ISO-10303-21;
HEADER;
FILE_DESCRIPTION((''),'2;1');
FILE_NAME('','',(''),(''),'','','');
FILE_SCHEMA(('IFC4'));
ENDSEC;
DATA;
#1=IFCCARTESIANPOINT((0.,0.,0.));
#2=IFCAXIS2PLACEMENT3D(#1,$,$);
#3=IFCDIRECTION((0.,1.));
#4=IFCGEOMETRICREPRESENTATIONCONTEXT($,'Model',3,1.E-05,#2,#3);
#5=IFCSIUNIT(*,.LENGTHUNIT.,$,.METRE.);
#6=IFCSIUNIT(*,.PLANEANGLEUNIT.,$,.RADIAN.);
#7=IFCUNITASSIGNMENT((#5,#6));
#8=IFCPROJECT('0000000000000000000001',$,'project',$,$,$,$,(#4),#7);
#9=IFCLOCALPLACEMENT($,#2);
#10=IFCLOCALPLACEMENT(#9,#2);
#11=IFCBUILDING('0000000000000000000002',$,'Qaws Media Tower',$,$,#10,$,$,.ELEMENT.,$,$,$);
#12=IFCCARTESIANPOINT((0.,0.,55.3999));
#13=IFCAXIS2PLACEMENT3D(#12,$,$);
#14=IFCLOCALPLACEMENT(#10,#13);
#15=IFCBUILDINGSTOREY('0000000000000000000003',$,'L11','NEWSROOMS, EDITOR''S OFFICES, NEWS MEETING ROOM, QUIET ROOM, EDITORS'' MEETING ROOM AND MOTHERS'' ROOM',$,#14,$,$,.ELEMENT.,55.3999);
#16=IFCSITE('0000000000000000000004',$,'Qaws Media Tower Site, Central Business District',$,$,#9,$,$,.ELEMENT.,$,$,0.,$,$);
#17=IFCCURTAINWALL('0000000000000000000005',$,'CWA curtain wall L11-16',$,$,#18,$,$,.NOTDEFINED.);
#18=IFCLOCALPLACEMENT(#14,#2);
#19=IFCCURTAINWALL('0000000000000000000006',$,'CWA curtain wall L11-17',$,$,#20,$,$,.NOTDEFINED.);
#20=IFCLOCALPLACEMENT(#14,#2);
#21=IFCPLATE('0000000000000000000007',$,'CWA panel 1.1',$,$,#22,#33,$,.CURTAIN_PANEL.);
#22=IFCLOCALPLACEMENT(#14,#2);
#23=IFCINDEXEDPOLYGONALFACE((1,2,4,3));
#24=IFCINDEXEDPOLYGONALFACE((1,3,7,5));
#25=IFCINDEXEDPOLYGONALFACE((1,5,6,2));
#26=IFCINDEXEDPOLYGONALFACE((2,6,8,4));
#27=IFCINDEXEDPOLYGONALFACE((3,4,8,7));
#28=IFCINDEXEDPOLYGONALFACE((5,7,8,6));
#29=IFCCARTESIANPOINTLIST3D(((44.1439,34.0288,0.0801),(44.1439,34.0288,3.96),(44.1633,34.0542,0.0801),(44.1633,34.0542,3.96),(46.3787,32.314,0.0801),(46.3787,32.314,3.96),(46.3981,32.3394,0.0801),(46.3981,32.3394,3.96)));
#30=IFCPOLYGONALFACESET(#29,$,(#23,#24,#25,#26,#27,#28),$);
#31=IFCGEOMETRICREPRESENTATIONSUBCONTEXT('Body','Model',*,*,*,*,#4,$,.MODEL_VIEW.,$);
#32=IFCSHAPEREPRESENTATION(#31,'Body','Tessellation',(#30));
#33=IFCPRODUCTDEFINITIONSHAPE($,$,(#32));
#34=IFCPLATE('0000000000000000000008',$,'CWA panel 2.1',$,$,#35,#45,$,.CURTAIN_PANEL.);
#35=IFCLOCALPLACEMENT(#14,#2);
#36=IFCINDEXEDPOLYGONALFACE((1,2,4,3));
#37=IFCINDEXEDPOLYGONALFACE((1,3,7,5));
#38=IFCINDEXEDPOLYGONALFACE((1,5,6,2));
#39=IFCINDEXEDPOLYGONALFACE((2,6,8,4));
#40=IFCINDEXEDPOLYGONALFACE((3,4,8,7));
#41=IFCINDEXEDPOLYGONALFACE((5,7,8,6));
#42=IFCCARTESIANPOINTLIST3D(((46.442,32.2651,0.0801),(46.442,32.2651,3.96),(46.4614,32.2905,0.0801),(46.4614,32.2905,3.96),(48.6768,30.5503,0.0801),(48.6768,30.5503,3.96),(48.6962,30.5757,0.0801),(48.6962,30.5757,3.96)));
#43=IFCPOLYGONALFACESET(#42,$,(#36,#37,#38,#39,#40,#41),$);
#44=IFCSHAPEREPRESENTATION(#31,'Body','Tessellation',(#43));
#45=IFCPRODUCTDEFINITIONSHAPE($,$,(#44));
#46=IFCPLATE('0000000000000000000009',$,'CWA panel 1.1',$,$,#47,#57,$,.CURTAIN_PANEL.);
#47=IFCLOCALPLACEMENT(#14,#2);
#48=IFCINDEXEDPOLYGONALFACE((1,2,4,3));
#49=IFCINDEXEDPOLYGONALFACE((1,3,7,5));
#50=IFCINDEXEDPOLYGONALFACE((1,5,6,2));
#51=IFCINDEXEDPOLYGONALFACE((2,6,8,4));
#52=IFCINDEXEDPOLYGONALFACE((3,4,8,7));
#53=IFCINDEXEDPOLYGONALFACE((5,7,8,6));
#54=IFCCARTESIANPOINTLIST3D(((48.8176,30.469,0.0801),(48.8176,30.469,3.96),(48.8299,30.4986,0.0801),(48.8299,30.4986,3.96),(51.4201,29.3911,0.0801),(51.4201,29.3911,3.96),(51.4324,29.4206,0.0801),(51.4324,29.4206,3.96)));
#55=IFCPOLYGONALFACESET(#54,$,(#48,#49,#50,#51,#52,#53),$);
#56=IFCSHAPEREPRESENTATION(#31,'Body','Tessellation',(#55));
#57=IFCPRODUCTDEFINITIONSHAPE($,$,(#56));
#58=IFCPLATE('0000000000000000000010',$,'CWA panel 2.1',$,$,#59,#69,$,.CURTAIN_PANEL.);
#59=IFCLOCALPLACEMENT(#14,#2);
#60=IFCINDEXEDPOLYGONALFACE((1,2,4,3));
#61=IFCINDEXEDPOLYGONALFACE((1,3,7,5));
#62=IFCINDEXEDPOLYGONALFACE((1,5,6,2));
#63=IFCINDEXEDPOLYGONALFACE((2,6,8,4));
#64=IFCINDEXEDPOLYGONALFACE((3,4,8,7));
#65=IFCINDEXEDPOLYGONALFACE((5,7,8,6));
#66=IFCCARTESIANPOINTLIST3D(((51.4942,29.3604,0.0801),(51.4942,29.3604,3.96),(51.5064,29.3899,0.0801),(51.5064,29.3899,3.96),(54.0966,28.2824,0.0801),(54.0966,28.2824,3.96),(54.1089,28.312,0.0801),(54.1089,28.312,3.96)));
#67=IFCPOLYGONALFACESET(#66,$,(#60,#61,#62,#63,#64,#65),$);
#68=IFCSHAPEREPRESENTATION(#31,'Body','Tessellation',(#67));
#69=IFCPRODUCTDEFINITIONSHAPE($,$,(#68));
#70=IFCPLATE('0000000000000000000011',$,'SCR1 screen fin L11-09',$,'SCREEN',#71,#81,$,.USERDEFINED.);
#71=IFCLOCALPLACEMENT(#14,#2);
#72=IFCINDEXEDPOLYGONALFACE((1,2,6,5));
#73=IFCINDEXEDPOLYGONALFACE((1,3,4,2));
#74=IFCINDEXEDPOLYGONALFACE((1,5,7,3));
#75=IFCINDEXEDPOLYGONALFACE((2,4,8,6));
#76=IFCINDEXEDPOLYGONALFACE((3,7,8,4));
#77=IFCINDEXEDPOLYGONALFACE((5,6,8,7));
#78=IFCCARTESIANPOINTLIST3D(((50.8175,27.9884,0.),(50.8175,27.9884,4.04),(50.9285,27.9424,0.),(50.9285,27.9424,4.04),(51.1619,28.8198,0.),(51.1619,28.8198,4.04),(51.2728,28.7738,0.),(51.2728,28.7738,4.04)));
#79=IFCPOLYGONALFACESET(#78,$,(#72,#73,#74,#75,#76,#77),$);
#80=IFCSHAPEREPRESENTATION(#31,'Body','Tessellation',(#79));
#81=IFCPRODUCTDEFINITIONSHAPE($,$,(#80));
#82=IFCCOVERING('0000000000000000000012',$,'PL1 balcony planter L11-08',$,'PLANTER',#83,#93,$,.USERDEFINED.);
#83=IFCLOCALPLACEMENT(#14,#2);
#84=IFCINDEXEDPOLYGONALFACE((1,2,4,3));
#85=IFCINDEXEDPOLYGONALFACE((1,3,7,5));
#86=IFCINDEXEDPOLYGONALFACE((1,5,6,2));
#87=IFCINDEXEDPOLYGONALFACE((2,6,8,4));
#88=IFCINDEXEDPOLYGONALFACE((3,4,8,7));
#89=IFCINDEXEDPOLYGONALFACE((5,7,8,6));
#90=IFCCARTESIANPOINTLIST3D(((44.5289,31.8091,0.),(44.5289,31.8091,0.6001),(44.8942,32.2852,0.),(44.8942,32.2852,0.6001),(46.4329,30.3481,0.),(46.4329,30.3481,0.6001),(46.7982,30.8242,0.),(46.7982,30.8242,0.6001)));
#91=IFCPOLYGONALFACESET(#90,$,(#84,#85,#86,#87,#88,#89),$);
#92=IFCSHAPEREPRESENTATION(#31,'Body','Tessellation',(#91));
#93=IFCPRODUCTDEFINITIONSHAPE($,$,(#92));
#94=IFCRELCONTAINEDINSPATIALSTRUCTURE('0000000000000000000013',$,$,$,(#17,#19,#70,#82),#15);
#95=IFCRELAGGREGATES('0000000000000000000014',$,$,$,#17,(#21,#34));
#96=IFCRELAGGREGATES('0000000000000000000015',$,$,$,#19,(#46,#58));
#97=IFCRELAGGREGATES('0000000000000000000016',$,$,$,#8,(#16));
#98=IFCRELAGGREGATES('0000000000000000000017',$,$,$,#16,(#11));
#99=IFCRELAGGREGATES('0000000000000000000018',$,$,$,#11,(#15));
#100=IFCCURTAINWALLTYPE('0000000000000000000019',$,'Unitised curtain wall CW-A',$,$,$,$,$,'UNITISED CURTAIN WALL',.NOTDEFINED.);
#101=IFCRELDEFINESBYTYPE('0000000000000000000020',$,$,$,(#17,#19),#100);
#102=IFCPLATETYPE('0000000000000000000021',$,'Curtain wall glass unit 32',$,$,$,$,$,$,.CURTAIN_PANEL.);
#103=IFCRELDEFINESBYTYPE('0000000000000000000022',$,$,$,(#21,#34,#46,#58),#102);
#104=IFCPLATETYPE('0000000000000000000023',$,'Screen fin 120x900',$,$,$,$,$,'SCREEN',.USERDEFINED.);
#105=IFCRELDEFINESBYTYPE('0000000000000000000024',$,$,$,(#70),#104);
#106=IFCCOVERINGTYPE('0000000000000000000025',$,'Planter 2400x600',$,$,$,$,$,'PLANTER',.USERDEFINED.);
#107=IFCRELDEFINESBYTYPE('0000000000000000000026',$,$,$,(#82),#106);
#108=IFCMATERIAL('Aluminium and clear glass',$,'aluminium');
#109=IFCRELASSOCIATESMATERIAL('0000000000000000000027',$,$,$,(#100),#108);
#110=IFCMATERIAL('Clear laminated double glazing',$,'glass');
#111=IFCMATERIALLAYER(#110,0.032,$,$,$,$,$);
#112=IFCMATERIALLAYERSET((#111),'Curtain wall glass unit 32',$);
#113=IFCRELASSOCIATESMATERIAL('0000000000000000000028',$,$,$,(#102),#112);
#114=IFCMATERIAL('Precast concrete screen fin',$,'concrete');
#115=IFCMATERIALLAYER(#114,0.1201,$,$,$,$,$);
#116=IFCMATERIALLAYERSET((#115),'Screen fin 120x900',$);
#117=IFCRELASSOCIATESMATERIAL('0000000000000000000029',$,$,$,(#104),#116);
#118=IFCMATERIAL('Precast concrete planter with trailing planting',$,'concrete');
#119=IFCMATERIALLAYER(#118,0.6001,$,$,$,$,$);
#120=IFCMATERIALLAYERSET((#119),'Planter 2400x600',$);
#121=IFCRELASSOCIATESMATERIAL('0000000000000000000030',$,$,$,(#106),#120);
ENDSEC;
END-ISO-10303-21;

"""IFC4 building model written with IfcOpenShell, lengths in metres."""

from ifc_helpers import new_model, si_unit, direction, frame, origin, origin_2d, place, context, subcontext, project, spatial, rectangle, extrude, material, layer, layer_set, type_object, element, aggregate, save


model = new_model("IFC4")

# Units and contexts
model_context = context("Model", 3, precision=1e-05, world=origin(), true_north=direction((0.0, 1.0)))
body_context = subcontext(model_context, "Body", "Model", "MODEL_VIEW")
ifc_project = project(units=[si_unit("LENGTHUNIT", "METRE"), si_unit("PLANEANGLEUNIT", "RADIAN")], contexts=[model_context])

# Site, building, storey
site_placement = place(None, origin())
site = spatial("IfcSite", under=ifc_project, at=site_placement, Name="Qaws Media Tower Site, Central Business District", CompositionType="ELEMENT", RefElevation=0.0)
building_placement = place(site_placement, origin())
building = spatial("IfcBuilding", under=site, at=building_placement, Name="Qaws Media Tower", CompositionType="ELEMENT")
storey_placement = place(building_placement, frame((0.0, 0.0, 55.3999)))
storey = spatial("IfcBuildingStorey", under=building, at=storey_placement, Name="L11", Description="NEWSROOMS, EDITOR'S OFFICES, NEWS MEETING ROOM, QUIET ROOM, EDITORS' MEETING ROOM AND MOTHERS' ROOM", CompositionType="ELEMENT", Elevation=55.3999)

# Curtain walls
ifc_material_1 = material(Name="Aluminium and clear glass", Category="aluminium")
curtain_wall_type = type_object("IfcCurtainWallType", Name="Unitised curtain wall CW-A", ElementType="UNITISED CURTAIN WALL", PredefinedType="NOTDEFINED", material=ifc_material_1)
curtain_wall_1_placement = place(storey_placement, origin())
curtain_wall_1 = element("IfcCurtainWall", 1, at=curtain_wall_1_placement, inside=storey, type_object=curtain_wall_type, Name="CWA curtain wall L11-16", PredefinedType="NOTDEFINED")
curtain_wall_2_placement = place(storey_placement, origin())
curtain_wall_2 = element("IfcCurtainWall", 2, at=curtain_wall_2_placement, inside=storey, type_object=curtain_wall_type, Name="CWA curtain wall L11-17", PredefinedType="NOTDEFINED")

# Plates
ifc_material_2 = material(Name="Clear laminated double glazing", Category="glass")
ifc_layer_1 = layer(ifc_material_2, 0.032)
ifc_layer_set_1 = layer_set([ifc_layer_1], Name="Curtain wall glass unit 32")
plate_type_1 = type_object("IfcPlateType", Name="Curtain wall glass unit 32", PredefinedType="CURTAIN_PANEL", material=ifc_layer_set_1)
plate_1_placement = place(storey_placement, frame((45.271, 33.1841, 0.0801), z_axis=(0.0, 0.0, 1.0), x_axis=(0.793353, -0.608761, 0.0)))
plate_1 = element("IfcPlate", 3, at=plate_1_placement, type_object=plate_type_1, Name="CWA panel 1.1", PredefinedType="CURTAIN_PANEL", context=body_context, shape_type="SweptSolid", body=[
    extrude(rectangle(XDim=2.8169, YDim=0.032, at=origin_2d()), origin(), (0.0, 0.0, 1.0), 3.8799),
])
plate_2_placement = place(storey_placement, frame((47.5691, 31.4204, 0.0801), z_axis=(0.0, 0.0, 1.0), x_axis=(0.793353, -0.608761, 0.0)))
plate_2 = element("IfcPlate", 4, at=plate_2_placement, type_object=plate_type_1, Name="CWA panel 2.1", PredefinedType="CURTAIN_PANEL", context=body_context, shape_type="SweptSolid", body=[
    extrude(rectangle(XDim=2.8169, YDim=0.032, at=origin_2d()), origin(), (0.0, 0.0, 1.0), 3.8799),
])
aggregate(curtain_wall_1, [plate_1, plate_2])
plate_3_placement = place(storey_placement, frame((50.125, 29.9448, 0.0801), z_axis=(0.0, 0.0, 1.0), x_axis=(0.92388, -0.382683, 0.0)))
plate_3 = element("IfcPlate", 5, at=plate_3_placement, type_object=plate_type_1, Name="CWA panel 1.1", PredefinedType="CURTAIN_PANEL", context=body_context, shape_type="SweptSolid", body=[
    extrude(rectangle(XDim=2.8169, YDim=0.032, at=origin_2d()), origin(), (0.0, 0.0, 1.0), 3.8799),
])
plate_4_placement = place(storey_placement, frame((52.8015, 28.8362, 0.0801), z_axis=(0.0, 0.0, 1.0), x_axis=(0.92388, -0.382683, 0.0)))
plate_4 = element("IfcPlate", 6, at=plate_4_placement, type_object=plate_type_1, Name="CWA panel 2.1", PredefinedType="CURTAIN_PANEL", context=body_context, shape_type="SweptSolid", body=[
    extrude(rectangle(XDim=2.8169, YDim=0.032, at=origin_2d()), origin(), (0.0, 0.0, 1.0), 3.8799),
])
aggregate(curtain_wall_2, [plate_3, plate_4])
ifc_material_3 = material(Name="Precast concrete screen fin", Category="concrete")
ifc_layer_2 = layer(ifc_material_3, 0.1201)
ifc_layer_set_2 = layer_set([ifc_layer_2], Name="Screen fin 120x900")
plate_type_2 = type_object("IfcPlateType", Name="Screen fin 120x900", ElementType="SCREEN", PredefinedType="USERDEFINED", material=ifc_layer_set_2)
plate_5_placement = place(storey_placement, frame((51.0452, 28.3811, 0.0), z_axis=(0.0, 0.0, 1.0), x_axis=(-0.382683, -0.92388, 0.0)))
element("IfcPlate", 7, at=plate_5_placement, inside=storey, type_object=plate_type_2, Name="SCR1 screen fin L11-09", ObjectType="SCREEN", PredefinedType="USERDEFINED", context=body_context, shape_type="SweptSolid", body=[
    extrude(rectangle(XDim=0.8999, YDim=0.1201, at=origin_2d()), origin(), (0.0, 0.0, 1.0), 4.04),
])

# Covering
ifc_material_4 = material(Name="Precast concrete planter with trailing planting", Category="concrete")
ifc_layer_3 = layer(ifc_material_4, 0.6001)
ifc_layer_set_3 = layer_set([ifc_layer_3], Name="Planter 2400x600")
covering_type = type_object("IfcCoveringType", Name="Planter 2400x600", ElementType="PLANTER", PredefinedType="USERDEFINED", material=ifc_layer_set_3)
covering_placement = place(storey_placement, frame((45.6636, 31.3167, 0.0), z_axis=(0.0, 0.0, 1.0), x_axis=(0.793353, -0.608761, 0.0)))
element("IfcCovering", 8, at=covering_placement, inside=storey, type_object=covering_type, Name="PL1 balcony planter L11-08", ObjectType="PLANTER", PredefinedType="USERDEFINED", context=body_context, shape_type="SweptSolid", body=[
    extrude(rectangle(XDim=2.3999, YDim=0.6001, at=origin_2d()), origin(), (0.0, 0.0, 1.0), 0.6001),
])

save(model, "model.ifc")
